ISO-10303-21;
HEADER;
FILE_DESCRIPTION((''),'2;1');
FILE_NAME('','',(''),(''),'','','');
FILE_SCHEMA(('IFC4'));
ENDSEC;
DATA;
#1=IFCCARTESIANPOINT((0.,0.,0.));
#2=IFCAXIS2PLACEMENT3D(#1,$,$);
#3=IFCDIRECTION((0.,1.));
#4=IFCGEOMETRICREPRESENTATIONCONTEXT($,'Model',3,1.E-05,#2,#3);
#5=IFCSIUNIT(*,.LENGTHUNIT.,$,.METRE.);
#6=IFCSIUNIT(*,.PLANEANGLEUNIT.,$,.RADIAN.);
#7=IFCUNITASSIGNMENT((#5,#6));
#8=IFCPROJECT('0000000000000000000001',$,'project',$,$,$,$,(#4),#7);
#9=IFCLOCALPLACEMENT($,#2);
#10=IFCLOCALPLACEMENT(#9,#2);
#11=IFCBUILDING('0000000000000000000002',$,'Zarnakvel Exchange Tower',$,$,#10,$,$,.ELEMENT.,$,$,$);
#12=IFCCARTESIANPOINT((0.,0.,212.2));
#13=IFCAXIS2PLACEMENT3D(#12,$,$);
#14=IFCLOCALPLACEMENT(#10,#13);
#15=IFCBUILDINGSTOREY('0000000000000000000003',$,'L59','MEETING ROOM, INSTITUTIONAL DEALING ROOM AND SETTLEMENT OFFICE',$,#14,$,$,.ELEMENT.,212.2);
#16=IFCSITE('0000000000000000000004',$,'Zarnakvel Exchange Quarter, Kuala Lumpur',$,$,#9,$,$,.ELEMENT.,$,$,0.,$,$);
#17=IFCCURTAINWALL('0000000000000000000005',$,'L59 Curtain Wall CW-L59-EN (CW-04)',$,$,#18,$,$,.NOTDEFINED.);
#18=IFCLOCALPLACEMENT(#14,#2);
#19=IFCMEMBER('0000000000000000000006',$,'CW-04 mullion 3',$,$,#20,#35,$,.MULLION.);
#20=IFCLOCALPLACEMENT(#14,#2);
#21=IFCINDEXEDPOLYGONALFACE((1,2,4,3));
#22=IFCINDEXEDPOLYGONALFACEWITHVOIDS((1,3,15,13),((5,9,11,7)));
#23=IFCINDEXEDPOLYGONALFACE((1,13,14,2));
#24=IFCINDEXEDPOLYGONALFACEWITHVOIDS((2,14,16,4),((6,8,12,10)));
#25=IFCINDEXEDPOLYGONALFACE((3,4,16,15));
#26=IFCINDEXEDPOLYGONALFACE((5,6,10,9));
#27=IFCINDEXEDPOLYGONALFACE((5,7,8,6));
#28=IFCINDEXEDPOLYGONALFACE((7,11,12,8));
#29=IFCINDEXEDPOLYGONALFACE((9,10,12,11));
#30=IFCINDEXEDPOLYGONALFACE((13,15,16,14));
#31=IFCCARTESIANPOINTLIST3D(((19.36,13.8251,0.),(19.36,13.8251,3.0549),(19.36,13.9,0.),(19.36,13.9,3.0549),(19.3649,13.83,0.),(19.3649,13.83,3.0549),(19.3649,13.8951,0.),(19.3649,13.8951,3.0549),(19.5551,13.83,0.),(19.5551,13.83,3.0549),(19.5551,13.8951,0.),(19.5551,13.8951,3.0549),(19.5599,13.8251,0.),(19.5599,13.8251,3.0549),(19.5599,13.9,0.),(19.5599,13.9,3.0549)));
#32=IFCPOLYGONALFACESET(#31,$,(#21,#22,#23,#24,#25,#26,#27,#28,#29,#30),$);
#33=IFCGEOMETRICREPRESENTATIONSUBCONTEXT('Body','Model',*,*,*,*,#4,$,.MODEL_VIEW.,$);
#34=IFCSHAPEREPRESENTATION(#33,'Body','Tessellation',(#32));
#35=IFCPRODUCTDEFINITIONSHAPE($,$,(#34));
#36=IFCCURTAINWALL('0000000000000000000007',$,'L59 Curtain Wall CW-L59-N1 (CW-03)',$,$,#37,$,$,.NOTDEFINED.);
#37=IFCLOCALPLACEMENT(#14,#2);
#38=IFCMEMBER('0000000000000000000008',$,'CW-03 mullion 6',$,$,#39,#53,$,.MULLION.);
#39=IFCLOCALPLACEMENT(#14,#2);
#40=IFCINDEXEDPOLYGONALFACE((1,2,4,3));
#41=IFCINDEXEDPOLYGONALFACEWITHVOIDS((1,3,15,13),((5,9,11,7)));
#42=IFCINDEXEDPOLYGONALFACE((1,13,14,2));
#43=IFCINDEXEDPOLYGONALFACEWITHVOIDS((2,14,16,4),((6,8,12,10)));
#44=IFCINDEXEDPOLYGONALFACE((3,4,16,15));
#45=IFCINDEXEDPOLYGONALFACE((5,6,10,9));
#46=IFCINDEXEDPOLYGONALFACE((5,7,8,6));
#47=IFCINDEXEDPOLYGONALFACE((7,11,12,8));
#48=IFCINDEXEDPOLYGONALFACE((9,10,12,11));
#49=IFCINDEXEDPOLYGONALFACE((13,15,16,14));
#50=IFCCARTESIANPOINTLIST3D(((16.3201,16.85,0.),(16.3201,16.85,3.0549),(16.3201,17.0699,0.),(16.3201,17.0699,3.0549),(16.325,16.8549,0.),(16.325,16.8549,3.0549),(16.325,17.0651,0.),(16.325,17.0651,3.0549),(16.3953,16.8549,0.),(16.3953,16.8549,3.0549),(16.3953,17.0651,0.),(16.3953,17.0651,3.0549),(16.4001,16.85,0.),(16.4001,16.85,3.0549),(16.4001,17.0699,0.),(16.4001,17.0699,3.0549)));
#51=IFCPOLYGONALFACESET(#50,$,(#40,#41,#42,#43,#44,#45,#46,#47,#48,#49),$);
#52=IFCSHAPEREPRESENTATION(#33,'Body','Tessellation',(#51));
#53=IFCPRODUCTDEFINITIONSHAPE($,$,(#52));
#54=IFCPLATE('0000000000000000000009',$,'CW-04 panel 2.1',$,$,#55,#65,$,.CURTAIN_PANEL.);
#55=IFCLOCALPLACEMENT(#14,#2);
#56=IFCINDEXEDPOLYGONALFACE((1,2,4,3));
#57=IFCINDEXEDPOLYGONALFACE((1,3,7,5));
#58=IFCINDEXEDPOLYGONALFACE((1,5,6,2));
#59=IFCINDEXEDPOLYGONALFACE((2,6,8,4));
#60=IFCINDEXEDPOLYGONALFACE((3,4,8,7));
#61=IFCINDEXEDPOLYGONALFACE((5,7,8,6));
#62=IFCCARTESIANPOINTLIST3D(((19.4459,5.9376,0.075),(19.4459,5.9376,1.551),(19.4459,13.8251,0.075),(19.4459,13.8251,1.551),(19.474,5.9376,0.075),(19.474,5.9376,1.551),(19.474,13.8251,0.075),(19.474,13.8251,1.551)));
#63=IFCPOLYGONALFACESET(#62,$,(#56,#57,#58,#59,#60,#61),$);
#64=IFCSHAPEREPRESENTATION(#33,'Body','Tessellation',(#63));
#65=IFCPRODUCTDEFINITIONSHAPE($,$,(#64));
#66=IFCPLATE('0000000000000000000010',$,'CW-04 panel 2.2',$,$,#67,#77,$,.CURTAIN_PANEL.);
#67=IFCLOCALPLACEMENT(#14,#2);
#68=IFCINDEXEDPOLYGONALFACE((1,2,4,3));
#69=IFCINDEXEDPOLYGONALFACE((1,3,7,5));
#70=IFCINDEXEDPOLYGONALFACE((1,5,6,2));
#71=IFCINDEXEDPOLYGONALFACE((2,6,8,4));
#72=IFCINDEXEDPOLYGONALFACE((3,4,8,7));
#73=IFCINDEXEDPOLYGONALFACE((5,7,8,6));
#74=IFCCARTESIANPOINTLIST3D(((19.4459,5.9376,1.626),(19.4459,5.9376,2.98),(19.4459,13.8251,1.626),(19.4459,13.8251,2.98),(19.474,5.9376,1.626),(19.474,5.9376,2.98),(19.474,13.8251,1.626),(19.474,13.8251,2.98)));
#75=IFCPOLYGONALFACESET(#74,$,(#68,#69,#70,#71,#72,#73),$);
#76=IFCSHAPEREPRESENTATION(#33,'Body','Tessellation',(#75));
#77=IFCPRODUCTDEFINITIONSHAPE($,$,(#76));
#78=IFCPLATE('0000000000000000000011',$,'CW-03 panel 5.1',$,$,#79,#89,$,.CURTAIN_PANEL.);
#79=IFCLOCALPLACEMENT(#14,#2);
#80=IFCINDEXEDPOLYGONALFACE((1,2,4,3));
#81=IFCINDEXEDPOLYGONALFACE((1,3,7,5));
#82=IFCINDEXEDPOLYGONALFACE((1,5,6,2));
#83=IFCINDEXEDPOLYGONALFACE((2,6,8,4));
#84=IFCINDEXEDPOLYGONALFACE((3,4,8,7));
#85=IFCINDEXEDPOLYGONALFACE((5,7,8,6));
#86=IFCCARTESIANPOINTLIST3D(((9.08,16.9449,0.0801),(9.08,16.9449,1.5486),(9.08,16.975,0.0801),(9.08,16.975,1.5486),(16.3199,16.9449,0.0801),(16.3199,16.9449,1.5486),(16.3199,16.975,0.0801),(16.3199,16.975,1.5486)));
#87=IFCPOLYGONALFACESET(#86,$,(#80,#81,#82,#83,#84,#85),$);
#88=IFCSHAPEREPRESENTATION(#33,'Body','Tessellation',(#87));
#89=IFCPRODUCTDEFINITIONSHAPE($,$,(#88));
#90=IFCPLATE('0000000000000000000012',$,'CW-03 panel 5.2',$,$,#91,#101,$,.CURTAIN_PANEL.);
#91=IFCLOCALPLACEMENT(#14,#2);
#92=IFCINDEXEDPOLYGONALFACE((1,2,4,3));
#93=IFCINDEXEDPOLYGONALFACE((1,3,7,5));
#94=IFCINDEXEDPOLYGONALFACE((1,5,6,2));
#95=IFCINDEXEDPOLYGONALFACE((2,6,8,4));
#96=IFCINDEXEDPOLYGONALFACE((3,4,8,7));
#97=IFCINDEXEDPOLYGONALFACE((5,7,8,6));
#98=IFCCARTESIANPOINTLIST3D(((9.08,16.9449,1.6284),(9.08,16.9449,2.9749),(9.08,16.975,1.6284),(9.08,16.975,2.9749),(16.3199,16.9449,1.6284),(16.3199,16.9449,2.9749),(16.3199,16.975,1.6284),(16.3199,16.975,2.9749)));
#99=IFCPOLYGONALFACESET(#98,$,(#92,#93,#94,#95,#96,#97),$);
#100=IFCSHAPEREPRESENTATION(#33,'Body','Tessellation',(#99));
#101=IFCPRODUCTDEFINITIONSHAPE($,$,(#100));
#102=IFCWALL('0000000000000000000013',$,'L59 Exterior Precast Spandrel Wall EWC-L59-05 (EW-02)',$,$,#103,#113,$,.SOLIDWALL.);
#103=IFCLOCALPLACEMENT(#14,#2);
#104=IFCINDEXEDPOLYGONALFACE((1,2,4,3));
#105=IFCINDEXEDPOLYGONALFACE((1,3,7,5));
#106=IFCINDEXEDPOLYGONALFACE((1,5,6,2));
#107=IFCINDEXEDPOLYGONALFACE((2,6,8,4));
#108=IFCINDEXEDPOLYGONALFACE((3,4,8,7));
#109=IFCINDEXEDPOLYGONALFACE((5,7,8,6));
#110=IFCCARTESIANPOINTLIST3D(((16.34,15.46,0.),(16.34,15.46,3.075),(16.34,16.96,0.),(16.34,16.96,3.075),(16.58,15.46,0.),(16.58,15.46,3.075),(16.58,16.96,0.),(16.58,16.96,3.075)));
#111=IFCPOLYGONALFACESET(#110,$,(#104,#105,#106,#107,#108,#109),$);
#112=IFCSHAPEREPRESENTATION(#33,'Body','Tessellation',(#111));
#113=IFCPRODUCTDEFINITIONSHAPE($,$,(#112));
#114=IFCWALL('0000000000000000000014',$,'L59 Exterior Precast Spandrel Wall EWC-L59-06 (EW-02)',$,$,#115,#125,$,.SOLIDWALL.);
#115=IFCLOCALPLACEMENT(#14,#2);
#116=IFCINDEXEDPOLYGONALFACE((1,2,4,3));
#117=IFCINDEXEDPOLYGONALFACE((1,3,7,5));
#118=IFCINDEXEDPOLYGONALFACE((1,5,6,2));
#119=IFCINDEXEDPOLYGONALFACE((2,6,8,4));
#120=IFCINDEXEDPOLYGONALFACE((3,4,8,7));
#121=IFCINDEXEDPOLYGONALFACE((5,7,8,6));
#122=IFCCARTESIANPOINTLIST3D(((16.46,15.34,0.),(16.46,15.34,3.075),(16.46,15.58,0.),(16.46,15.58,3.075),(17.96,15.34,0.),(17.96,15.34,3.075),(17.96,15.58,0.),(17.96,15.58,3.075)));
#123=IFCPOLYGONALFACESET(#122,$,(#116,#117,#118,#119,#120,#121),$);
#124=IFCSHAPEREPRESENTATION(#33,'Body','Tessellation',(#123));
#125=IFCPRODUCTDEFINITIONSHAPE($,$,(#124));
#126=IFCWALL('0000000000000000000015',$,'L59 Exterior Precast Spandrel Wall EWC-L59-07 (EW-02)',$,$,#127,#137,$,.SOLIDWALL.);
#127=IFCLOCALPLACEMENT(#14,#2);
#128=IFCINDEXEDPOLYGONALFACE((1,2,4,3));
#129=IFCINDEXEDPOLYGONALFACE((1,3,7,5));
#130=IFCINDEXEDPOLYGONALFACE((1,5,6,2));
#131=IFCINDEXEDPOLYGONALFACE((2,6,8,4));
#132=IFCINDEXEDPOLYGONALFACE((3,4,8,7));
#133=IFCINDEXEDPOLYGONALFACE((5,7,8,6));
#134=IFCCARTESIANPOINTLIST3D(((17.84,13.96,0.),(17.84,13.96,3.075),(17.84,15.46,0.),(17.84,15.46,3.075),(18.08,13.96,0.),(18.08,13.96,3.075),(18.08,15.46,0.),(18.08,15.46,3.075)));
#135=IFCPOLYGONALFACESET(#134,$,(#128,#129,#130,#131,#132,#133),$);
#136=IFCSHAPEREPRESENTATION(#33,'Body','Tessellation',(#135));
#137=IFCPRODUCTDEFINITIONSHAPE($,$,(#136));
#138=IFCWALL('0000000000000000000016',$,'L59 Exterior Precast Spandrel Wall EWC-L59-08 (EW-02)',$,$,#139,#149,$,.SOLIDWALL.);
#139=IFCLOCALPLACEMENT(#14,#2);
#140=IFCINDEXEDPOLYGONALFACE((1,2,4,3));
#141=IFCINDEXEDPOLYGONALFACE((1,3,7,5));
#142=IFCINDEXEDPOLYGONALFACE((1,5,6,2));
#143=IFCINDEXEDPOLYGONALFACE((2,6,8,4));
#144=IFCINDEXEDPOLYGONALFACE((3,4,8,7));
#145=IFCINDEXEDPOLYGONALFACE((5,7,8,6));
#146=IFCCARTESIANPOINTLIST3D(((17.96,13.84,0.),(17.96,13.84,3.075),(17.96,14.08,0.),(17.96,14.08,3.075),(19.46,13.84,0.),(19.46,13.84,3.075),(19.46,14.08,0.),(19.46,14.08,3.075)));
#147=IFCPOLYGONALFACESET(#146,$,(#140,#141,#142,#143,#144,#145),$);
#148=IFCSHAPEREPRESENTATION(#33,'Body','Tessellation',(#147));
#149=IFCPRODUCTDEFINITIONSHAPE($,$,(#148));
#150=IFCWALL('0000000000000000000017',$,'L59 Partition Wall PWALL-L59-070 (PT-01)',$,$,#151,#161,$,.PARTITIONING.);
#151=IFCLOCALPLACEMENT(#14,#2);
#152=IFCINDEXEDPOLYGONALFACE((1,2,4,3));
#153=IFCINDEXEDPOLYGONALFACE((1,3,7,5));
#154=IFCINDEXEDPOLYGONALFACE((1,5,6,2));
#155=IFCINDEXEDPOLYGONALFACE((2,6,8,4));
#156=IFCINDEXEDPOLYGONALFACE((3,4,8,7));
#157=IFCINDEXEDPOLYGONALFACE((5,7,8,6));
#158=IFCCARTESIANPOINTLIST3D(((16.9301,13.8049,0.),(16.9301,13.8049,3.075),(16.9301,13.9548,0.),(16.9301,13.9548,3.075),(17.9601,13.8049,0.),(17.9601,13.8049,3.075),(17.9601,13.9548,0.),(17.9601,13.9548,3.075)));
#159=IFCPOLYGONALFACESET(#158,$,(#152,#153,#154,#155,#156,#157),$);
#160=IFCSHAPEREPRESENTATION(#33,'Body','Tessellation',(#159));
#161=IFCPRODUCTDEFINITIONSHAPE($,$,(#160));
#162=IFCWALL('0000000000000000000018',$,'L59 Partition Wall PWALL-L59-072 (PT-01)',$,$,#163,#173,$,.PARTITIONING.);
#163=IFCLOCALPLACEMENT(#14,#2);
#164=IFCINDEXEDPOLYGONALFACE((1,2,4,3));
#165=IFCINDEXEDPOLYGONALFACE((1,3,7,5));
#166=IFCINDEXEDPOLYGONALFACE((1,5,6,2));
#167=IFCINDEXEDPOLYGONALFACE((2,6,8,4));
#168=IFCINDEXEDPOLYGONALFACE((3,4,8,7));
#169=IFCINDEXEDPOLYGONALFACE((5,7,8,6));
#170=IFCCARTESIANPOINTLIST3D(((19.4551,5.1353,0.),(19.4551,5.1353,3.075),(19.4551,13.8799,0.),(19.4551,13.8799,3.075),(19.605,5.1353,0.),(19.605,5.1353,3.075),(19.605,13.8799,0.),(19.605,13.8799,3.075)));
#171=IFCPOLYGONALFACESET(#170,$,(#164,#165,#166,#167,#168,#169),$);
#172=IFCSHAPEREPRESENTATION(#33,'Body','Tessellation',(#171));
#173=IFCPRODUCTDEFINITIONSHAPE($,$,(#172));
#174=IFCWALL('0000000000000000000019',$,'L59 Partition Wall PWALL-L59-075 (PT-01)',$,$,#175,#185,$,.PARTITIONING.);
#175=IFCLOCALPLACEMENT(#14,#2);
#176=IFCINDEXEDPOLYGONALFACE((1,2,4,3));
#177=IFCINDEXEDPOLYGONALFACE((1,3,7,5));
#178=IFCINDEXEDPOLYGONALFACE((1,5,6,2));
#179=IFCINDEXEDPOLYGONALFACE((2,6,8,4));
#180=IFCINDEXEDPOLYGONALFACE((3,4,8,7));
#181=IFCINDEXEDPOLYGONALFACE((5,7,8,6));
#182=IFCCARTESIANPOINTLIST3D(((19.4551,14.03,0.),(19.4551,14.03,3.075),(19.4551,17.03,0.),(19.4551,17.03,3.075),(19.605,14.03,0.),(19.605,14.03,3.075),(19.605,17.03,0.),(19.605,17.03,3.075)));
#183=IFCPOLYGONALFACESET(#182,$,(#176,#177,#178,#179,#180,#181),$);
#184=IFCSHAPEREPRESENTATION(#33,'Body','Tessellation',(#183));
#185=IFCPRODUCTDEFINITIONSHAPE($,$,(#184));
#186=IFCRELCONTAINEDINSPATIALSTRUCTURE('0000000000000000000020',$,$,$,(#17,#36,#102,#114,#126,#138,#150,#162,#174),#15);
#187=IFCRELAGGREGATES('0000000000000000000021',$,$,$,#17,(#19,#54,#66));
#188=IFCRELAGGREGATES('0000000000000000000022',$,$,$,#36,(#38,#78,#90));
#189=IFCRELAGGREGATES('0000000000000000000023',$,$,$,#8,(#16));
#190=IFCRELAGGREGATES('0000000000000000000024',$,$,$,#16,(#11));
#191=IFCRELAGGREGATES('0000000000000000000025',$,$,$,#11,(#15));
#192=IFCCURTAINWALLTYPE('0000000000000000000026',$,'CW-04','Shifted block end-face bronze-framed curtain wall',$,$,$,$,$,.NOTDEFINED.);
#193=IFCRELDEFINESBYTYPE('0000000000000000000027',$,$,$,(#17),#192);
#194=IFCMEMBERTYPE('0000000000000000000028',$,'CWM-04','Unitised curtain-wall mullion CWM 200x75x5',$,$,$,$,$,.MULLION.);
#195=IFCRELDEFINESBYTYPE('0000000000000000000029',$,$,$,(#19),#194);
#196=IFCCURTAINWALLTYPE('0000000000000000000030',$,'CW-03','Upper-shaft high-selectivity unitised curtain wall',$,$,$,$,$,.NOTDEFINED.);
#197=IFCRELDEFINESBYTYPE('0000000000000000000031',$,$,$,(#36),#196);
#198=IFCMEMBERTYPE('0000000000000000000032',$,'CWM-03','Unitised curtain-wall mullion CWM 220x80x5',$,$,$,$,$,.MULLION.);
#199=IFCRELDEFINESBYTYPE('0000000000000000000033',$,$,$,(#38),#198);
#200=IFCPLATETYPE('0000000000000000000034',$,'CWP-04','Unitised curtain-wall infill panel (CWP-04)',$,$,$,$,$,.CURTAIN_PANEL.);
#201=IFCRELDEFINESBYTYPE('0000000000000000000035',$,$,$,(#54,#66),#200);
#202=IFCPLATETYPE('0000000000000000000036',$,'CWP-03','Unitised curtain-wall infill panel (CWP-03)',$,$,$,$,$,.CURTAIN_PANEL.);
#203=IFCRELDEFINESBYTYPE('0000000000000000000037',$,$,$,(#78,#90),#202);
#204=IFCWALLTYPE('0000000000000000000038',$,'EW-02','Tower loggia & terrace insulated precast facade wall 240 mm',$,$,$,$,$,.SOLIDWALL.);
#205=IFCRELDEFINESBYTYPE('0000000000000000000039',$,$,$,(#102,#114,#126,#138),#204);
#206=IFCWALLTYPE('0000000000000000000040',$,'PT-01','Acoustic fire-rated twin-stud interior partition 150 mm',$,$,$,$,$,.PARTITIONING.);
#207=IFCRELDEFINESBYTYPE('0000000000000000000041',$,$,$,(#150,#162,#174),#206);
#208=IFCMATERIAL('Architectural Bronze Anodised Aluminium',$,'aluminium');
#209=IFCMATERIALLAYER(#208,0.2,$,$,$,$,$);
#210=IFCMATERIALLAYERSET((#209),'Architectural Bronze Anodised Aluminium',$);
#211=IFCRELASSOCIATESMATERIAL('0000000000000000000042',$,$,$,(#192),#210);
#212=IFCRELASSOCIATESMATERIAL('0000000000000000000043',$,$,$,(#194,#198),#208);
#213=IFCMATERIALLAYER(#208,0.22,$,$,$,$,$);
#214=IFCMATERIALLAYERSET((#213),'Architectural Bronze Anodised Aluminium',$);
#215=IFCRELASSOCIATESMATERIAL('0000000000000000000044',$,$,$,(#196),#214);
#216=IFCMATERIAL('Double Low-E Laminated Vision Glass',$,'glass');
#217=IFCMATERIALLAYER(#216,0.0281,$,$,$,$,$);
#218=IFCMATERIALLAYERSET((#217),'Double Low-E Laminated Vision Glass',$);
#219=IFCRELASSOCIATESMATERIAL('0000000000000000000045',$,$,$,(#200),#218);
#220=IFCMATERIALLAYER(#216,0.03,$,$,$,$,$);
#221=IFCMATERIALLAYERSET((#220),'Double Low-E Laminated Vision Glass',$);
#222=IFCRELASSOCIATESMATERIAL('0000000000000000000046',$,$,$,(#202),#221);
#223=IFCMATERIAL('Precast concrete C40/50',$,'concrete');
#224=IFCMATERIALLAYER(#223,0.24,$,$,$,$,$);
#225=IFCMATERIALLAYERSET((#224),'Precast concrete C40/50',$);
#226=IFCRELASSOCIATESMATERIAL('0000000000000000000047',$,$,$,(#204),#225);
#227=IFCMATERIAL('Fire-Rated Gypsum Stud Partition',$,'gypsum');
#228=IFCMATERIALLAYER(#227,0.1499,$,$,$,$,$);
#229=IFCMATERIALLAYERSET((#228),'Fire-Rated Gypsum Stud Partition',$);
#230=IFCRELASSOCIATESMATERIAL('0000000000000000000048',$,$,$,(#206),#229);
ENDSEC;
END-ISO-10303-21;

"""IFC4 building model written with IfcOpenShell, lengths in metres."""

from ifc_helpers import new_model, si_unit, direction, frame, frame_2d, origin, origin_2d, place, context, subcontext, project, spatial, rectangle, hollow_rectangle, extrude, source, transform, mapped, material, layer, layer_set, material_profile, profile_set, type_object, element, aggregate, save


model = new_model("IFC4")

# Units and contexts
model_context = context("Model", 3, precision=1e-05, world=origin(), true_north=direction((0.0, 1.0)))
body_context = subcontext(model_context, "Body", "Model", "MODEL_VIEW")
ifc_project = project(units=[si_unit("LENGTHUNIT", "METRE"), si_unit("PLANEANGLEUNIT", "RADIAN")], contexts=[model_context])

# Site, building, storey
site_placement = place(None, origin())
site = spatial("IfcSite", under=ifc_project, at=site_placement, Name="Zarnakvel Exchange Quarter, Kuala Lumpur", CompositionType="ELEMENT", RefElevation=0.0)
building_placement = place(site_placement, origin())
building = spatial("IfcBuilding", under=site, at=building_placement, Name="Zarnakvel Exchange Tower", CompositionType="ELEMENT")
storey_placement = place(building_placement, frame((0.0, 0.0, 212.2)))
storey = spatial("IfcBuildingStorey", under=building, at=storey_placement, Name="L59", Description="MEETING ROOM, INSTITUTIONAL DEALING ROOM AND SETTLEMENT OFFICE", CompositionType="ELEMENT", Elevation=212.2)

# Curtain walls, members
ifc_material_1 = material(Name="Architectural Bronze Anodised Aluminium", Category="aluminium")
ifc_layer_1 = layer(ifc_material_1, 0.2)
ifc_layer_set_1 = layer_set([ifc_layer_1], Name="Architectural Bronze Anodised Aluminium")
curtain_wall_type_1 = type_object("IfcCurtainWallType", Name="CW-04", Description="Shifted block end-face bronze-framed curtain wall", PredefinedType="NOTDEFINED", material=ifc_layer_set_1)
curtain_wall_1_placement = place(storey_placement, origin())
curtain_wall_1 = element("IfcCurtainWall", 1, at=curtain_wall_1_placement, inside=storey, type_object=curtain_wall_type_1, Name="L59 Curtain Wall CW-L59-EN (CW-04)", PredefinedType="NOTDEFINED")
ifc_material_profile_1 = material_profile(ifc_material_1, hollow_rectangle(XDim=0.2, YDim=0.075, WallThickness=0.0049, at=origin_2d()))
ifc_profile_set_1 = profile_set([ifc_material_profile_1], Name="Architectural Bronze Anodised Aluminium")
member_type_1 = type_object("IfcMemberType", Name="CWM-04", Description="Unitised curtain-wall mullion CWM 200x75x5", PredefinedType="MULLION", material=ifc_profile_set_1)
shared_shape_1 = source(origin(), body_context, "Body", "SweptSolid", [
    extrude(hollow_rectangle(XDim=0.2, YDim=0.075, WallThickness=0.0049, at=origin_2d()), origin(), (0.0, 0.0, 1.0), 3.0549),
])
member_1_placement = place(storey_placement, frame((19.46, 13.8625, 0.0), z_axis=(0.0, 0.0, 1.0), x_axis=(-1.0, 0.0, 0.0)))
member_1 = element("IfcMember", 2, at=member_1_placement, type_object=member_type_1, Name="CW-04 mullion 3", PredefinedType="MULLION", context=body_context, shape_type="MappedRepresentation", body=[
    mapped(shared_shape_1, transform((0.0, 0.0, 0.0), x_axis=(1.0, 0.0, 0.0), y_axis=(0.0, 1.0, 0.0), z_axis=(0.0, 0.0, 1.0), scale=1.0)),
])
ifc_layer_2 = layer(ifc_material_1, 0.22)
ifc_layer_set_2 = layer_set([ifc_layer_2], Name="Architectural Bronze Anodised Aluminium")
curtain_wall_type_2 = type_object("IfcCurtainWallType", Name="CW-03", Description="Upper-shaft high-selectivity unitised curtain wall", PredefinedType="NOTDEFINED", material=ifc_layer_set_2)
curtain_wall_2_placement = place(storey_placement, origin())
curtain_wall_2 = element("IfcCurtainWall", 3, at=curtain_wall_2_placement, inside=storey, type_object=curtain_wall_type_2, Name="L59 Curtain Wall CW-L59-N1 (CW-03)", PredefinedType="NOTDEFINED")
ifc_material_profile_2 = material_profile(ifc_material_1, hollow_rectangle(XDim=0.22, YDim=0.0801, WallThickness=0.0049, at=origin_2d()))
ifc_profile_set_2 = profile_set([ifc_material_profile_2], Name="Architectural Bronze Anodised Aluminium")
member_type_2 = type_object("IfcMemberType", Name="CWM-03", Description="Unitised curtain-wall mullion CWM 220x80x5", PredefinedType="MULLION", material=ifc_profile_set_2)
shared_shape_2 = source(origin(), body_context, "Body", "SweptSolid", [
    extrude(hollow_rectangle(XDim=0.22, YDim=0.0801, WallThickness=0.0049, at=origin_2d()), origin(), (0.0, 0.0, 1.0), 3.0549),
])
member_2_placement = place(storey_placement, frame((16.3601, 16.96, 0.0), z_axis=(0.0, 0.0, 1.0), x_axis=(0.0, 1.0, 0.0)))
member_2 = element("IfcMember", 4, at=member_2_placement, type_object=member_type_2, Name="CW-03 mullion 6", PredefinedType="MULLION", context=body_context, shape_type="MappedRepresentation", body=[
    mapped(shared_shape_2, transform((0.0, 0.0, 0.0), x_axis=(1.0, 0.0, 0.0), y_axis=(0.0, 1.0, 0.0), z_axis=(0.0, 0.0, 1.0), scale=1.0)),
])

# Plates
ifc_material_2 = material(Name="Double Low-E Laminated Vision Glass", Category="glass")
ifc_layer_3 = layer(ifc_material_2, 0.0281)
ifc_layer_set_3 = layer_set([ifc_layer_3], Name="Double Low-E Laminated Vision Glass")
plate_type_1 = type_object("IfcPlateType", Name="CWP-04", Description="Unitised curtain-wall infill panel (CWP-04)", PredefinedType="CURTAIN_PANEL", material=ifc_layer_set_3)
shared_shape_3 = source(origin(), body_context, "Body", "SweptSolid", [
    extrude(rectangle(XDim=7.8875, YDim=0.0281, at=origin_2d()), origin(), (0.0, 0.0, 1.0), 1.4761),
])
plate_1_placement = place(storey_placement, frame((19.46, 9.8813, 0.075), z_axis=(0.0, 0.0, 1.0), x_axis=(0.0, 1.0, 0.0)))
plate_1 = element("IfcPlate", 5, at=plate_1_placement, type_object=plate_type_1, Name="CW-04 panel 2.1", PredefinedType="CURTAIN_PANEL", context=body_context, shape_type="MappedRepresentation", body=[
    mapped(shared_shape_3, transform((0.0, 0.0, 0.0), x_axis=(1.0, 0.0, 0.0), y_axis=(0.0, 1.0, 0.0), z_axis=(0.0, 0.0, 1.0), scale=1.0)),
])
shared_shape_4 = source(origin(), body_context, "Body", "SweptSolid", [
    extrude(rectangle(XDim=7.8875, YDim=0.0281, at=origin_2d()), origin(), (0.0, 0.0, 1.0), 1.354),
])
plate_2_placement = place(storey_placement, frame((19.46, 9.8813, 1.626), z_axis=(0.0, 0.0, 1.0), x_axis=(0.0, 1.0, 0.0)))
plate_2 = element("IfcPlate", 6, at=plate_2_placement, type_object=plate_type_1, Name="CW-04 panel 2.2", PredefinedType="CURTAIN_PANEL", context=body_context, shape_type="MappedRepresentation", body=[
    mapped(shared_shape_4, transform((0.0, 0.0, 0.0), x_axis=(1.0, 0.0, 0.0), y_axis=(0.0, 1.0, 0.0), z_axis=(0.0, 0.0, 1.0), scale=1.0)),
])
aggregate(curtain_wall_1, [member_1, plate_1, plate_2])
ifc_layer_4 = layer(ifc_material_2, 0.03)
ifc_layer_set_4 = layer_set([ifc_layer_4], Name="Double Low-E Laminated Vision Glass")
plate_type_2 = type_object("IfcPlateType", Name="CWP-03", Description="Unitised curtain-wall infill panel (CWP-03)", PredefinedType="CURTAIN_PANEL", material=ifc_layer_set_4)
shared_shape_5 = source(origin(), body_context, "Body", "SweptSolid", [
    extrude(rectangle(XDim=7.24, YDim=0.03, at=origin_2d()), origin(), (0.0, 0.0, 1.0), 1.4685),
])
plate_3_placement = place(storey_placement, frame((12.7, 16.96, 0.0801), z_axis=(0.0, 0.0, 1.0), x_axis=(1.0, 0.0, 0.0)))
plate_3 = element("IfcPlate", 7, at=plate_3_placement, type_object=plate_type_2, Name="CW-03 panel 5.1", PredefinedType="CURTAIN_PANEL", context=body_context, shape_type="MappedRepresentation", body=[
    mapped(shared_shape_5, transform((0.0, 0.0, 0.0), x_axis=(1.0, 0.0, 0.0), y_axis=(0.0, 1.0, 0.0), z_axis=(0.0, 0.0, 1.0), scale=1.0)),
])
shared_shape_6 = source(origin(), body_context, "Body", "SweptSolid", [
    extrude(rectangle(XDim=7.24, YDim=0.03, at=origin_2d()), origin(), (0.0, 0.0, 1.0), 1.3464),
])
plate_4_placement = place(storey_placement, frame((12.7, 16.96, 1.6284), z_axis=(0.0, 0.0, 1.0), x_axis=(1.0, 0.0, 0.0)))
plate_4 = element("IfcPlate", 8, at=plate_4_placement, type_object=plate_type_2, Name="CW-03 panel 5.2", PredefinedType="CURTAIN_PANEL", context=body_context, shape_type="MappedRepresentation", body=[
    mapped(shared_shape_6, transform((0.0, 0.0, 0.0), x_axis=(1.0, 0.0, 0.0), y_axis=(0.0, 1.0, 0.0), z_axis=(0.0, 0.0, 1.0), scale=1.0)),
])
aggregate(curtain_wall_2, [member_2, plate_3, plate_4])

# Walls
ifc_material_3 = material(Name="Precast concrete C40/50", Category="concrete")
ifc_layer_5 = layer(ifc_material_3, 0.24)
ifc_layer_set_5 = layer_set([ifc_layer_5], Name="Precast concrete C40/50")
wall_type_1 = type_object("IfcWallType", Name="EW-02", Description="Tower loggia & terrace insulated precast facade wall 240 mm", PredefinedType="SOLIDWALL", material=ifc_layer_set_5)
for number, where, z_axis, x_axis, name in (
    (9, (16.46, 15.46, 0.0), (0.0, 0.0, 1.0), (0.0, 1.0, 0.0), "L59 Exterior Precast Spandrel Wall EWC-L59-05 (EW-02)"),
    (10, (17.96, 15.46, 0.0), (0.0, 0.0, 1.0), (-1.0, 0.0, 0.0), "L59 Exterior Precast Spandrel Wall EWC-L59-06 (EW-02)"),
    (11, (17.96, 13.96, 0.0), (0.0, 0.0, 1.0), (0.0, 1.0, 0.0), "L59 Exterior Precast Spandrel Wall EWC-L59-07 (EW-02)"),
    (12, (19.46, 13.96, 0.0), (0.0, 0.0, 1.0), (-1.0, 0.0, 0.0), "L59 Exterior Precast Spandrel Wall EWC-L59-08 (EW-02)"),
):
    element("IfcWall", number, at=place(storey_placement, frame(where, z_axis=z_axis, x_axis=x_axis)), inside=storey, type_object=wall_type_1, Name=name, PredefinedType="SOLIDWALL", context=body_context, shape_type="SweptSolid", body=[
        extrude(rectangle(XDim=1.5, YDim=0.24, at=frame_2d((0.75, 0.0))), origin(), (0.0, 0.0, 1.0), 3.075),
    ])
ifc_material_4 = material(Name="Fire-Rated Gypsum Stud Partition", Category="gypsum")
ifc_layer_6 = layer(ifc_material_4, 0.1499)
ifc_layer_set_6 = layer_set([ifc_layer_6], Name="Fire-Rated Gypsum Stud Partition")
wall_type_2 = type_object("IfcWallType", Name="PT-01", Description="Acoustic fire-rated twin-stud interior partition 150 mm", PredefinedType="PARTITIONING", material=ifc_layer_set_6)
wall_1_placement = place(storey_placement, frame((16.9299, 13.8799, 0.0), z_axis=(0.0, 0.0, 1.0), x_axis=(1.0, 0.0, 0.0)))
element("IfcWall", 13, at=wall_1_placement, inside=storey, type_object=wall_type_2, Name="L59 Partition Wall PWALL-L59-070 (PT-01)", PredefinedType="PARTITIONING", context=body_context, shape_type="SweptSolid", body=[
    extrude(rectangle(XDim=1.03, YDim=0.1499, at=frame_2d((0.5151, 0.0))), origin(), (0.0, 0.0, 1.0), 3.075),
])
wall_2_placement = place(storey_placement, frame((19.53, 13.8799, 0.0), z_axis=(0.0, 0.0, 1.0), x_axis=(0.0, -1.0, 0.0)))
element("IfcWall", 14, at=wall_2_placement, inside=storey, type_object=wall_type_2, Name="L59 Partition Wall PWALL-L59-072 (PT-01)", PredefinedType="PARTITIONING", context=body_context, shape_type="SweptSolid", body=[
    extrude(rectangle(XDim=8.7446, YDim=0.1499, at=frame_2d((4.3723, 0.0))), origin(), (0.0, 0.0, 1.0), 3.075),
])
wall_3_placement = place(storey_placement, frame((19.53, 17.03, 0.0), z_axis=(0.0, 0.0, 1.0), x_axis=(0.0, -1.0, 0.0)))
element("IfcWall", 15, at=wall_3_placement, inside=storey, type_object=wall_type_2, Name="L59 Partition Wall PWALL-L59-075 (PT-01)", PredefinedType="PARTITIONING", context=body_context, shape_type="SweptSolid", body=[
    extrude(rectangle(XDim=3.0, YDim=0.1499, at=frame_2d((1.5, 0.0))), origin(), (0.0, 0.0, 1.0), 3.075),
])

save(model, "model.ifc")
